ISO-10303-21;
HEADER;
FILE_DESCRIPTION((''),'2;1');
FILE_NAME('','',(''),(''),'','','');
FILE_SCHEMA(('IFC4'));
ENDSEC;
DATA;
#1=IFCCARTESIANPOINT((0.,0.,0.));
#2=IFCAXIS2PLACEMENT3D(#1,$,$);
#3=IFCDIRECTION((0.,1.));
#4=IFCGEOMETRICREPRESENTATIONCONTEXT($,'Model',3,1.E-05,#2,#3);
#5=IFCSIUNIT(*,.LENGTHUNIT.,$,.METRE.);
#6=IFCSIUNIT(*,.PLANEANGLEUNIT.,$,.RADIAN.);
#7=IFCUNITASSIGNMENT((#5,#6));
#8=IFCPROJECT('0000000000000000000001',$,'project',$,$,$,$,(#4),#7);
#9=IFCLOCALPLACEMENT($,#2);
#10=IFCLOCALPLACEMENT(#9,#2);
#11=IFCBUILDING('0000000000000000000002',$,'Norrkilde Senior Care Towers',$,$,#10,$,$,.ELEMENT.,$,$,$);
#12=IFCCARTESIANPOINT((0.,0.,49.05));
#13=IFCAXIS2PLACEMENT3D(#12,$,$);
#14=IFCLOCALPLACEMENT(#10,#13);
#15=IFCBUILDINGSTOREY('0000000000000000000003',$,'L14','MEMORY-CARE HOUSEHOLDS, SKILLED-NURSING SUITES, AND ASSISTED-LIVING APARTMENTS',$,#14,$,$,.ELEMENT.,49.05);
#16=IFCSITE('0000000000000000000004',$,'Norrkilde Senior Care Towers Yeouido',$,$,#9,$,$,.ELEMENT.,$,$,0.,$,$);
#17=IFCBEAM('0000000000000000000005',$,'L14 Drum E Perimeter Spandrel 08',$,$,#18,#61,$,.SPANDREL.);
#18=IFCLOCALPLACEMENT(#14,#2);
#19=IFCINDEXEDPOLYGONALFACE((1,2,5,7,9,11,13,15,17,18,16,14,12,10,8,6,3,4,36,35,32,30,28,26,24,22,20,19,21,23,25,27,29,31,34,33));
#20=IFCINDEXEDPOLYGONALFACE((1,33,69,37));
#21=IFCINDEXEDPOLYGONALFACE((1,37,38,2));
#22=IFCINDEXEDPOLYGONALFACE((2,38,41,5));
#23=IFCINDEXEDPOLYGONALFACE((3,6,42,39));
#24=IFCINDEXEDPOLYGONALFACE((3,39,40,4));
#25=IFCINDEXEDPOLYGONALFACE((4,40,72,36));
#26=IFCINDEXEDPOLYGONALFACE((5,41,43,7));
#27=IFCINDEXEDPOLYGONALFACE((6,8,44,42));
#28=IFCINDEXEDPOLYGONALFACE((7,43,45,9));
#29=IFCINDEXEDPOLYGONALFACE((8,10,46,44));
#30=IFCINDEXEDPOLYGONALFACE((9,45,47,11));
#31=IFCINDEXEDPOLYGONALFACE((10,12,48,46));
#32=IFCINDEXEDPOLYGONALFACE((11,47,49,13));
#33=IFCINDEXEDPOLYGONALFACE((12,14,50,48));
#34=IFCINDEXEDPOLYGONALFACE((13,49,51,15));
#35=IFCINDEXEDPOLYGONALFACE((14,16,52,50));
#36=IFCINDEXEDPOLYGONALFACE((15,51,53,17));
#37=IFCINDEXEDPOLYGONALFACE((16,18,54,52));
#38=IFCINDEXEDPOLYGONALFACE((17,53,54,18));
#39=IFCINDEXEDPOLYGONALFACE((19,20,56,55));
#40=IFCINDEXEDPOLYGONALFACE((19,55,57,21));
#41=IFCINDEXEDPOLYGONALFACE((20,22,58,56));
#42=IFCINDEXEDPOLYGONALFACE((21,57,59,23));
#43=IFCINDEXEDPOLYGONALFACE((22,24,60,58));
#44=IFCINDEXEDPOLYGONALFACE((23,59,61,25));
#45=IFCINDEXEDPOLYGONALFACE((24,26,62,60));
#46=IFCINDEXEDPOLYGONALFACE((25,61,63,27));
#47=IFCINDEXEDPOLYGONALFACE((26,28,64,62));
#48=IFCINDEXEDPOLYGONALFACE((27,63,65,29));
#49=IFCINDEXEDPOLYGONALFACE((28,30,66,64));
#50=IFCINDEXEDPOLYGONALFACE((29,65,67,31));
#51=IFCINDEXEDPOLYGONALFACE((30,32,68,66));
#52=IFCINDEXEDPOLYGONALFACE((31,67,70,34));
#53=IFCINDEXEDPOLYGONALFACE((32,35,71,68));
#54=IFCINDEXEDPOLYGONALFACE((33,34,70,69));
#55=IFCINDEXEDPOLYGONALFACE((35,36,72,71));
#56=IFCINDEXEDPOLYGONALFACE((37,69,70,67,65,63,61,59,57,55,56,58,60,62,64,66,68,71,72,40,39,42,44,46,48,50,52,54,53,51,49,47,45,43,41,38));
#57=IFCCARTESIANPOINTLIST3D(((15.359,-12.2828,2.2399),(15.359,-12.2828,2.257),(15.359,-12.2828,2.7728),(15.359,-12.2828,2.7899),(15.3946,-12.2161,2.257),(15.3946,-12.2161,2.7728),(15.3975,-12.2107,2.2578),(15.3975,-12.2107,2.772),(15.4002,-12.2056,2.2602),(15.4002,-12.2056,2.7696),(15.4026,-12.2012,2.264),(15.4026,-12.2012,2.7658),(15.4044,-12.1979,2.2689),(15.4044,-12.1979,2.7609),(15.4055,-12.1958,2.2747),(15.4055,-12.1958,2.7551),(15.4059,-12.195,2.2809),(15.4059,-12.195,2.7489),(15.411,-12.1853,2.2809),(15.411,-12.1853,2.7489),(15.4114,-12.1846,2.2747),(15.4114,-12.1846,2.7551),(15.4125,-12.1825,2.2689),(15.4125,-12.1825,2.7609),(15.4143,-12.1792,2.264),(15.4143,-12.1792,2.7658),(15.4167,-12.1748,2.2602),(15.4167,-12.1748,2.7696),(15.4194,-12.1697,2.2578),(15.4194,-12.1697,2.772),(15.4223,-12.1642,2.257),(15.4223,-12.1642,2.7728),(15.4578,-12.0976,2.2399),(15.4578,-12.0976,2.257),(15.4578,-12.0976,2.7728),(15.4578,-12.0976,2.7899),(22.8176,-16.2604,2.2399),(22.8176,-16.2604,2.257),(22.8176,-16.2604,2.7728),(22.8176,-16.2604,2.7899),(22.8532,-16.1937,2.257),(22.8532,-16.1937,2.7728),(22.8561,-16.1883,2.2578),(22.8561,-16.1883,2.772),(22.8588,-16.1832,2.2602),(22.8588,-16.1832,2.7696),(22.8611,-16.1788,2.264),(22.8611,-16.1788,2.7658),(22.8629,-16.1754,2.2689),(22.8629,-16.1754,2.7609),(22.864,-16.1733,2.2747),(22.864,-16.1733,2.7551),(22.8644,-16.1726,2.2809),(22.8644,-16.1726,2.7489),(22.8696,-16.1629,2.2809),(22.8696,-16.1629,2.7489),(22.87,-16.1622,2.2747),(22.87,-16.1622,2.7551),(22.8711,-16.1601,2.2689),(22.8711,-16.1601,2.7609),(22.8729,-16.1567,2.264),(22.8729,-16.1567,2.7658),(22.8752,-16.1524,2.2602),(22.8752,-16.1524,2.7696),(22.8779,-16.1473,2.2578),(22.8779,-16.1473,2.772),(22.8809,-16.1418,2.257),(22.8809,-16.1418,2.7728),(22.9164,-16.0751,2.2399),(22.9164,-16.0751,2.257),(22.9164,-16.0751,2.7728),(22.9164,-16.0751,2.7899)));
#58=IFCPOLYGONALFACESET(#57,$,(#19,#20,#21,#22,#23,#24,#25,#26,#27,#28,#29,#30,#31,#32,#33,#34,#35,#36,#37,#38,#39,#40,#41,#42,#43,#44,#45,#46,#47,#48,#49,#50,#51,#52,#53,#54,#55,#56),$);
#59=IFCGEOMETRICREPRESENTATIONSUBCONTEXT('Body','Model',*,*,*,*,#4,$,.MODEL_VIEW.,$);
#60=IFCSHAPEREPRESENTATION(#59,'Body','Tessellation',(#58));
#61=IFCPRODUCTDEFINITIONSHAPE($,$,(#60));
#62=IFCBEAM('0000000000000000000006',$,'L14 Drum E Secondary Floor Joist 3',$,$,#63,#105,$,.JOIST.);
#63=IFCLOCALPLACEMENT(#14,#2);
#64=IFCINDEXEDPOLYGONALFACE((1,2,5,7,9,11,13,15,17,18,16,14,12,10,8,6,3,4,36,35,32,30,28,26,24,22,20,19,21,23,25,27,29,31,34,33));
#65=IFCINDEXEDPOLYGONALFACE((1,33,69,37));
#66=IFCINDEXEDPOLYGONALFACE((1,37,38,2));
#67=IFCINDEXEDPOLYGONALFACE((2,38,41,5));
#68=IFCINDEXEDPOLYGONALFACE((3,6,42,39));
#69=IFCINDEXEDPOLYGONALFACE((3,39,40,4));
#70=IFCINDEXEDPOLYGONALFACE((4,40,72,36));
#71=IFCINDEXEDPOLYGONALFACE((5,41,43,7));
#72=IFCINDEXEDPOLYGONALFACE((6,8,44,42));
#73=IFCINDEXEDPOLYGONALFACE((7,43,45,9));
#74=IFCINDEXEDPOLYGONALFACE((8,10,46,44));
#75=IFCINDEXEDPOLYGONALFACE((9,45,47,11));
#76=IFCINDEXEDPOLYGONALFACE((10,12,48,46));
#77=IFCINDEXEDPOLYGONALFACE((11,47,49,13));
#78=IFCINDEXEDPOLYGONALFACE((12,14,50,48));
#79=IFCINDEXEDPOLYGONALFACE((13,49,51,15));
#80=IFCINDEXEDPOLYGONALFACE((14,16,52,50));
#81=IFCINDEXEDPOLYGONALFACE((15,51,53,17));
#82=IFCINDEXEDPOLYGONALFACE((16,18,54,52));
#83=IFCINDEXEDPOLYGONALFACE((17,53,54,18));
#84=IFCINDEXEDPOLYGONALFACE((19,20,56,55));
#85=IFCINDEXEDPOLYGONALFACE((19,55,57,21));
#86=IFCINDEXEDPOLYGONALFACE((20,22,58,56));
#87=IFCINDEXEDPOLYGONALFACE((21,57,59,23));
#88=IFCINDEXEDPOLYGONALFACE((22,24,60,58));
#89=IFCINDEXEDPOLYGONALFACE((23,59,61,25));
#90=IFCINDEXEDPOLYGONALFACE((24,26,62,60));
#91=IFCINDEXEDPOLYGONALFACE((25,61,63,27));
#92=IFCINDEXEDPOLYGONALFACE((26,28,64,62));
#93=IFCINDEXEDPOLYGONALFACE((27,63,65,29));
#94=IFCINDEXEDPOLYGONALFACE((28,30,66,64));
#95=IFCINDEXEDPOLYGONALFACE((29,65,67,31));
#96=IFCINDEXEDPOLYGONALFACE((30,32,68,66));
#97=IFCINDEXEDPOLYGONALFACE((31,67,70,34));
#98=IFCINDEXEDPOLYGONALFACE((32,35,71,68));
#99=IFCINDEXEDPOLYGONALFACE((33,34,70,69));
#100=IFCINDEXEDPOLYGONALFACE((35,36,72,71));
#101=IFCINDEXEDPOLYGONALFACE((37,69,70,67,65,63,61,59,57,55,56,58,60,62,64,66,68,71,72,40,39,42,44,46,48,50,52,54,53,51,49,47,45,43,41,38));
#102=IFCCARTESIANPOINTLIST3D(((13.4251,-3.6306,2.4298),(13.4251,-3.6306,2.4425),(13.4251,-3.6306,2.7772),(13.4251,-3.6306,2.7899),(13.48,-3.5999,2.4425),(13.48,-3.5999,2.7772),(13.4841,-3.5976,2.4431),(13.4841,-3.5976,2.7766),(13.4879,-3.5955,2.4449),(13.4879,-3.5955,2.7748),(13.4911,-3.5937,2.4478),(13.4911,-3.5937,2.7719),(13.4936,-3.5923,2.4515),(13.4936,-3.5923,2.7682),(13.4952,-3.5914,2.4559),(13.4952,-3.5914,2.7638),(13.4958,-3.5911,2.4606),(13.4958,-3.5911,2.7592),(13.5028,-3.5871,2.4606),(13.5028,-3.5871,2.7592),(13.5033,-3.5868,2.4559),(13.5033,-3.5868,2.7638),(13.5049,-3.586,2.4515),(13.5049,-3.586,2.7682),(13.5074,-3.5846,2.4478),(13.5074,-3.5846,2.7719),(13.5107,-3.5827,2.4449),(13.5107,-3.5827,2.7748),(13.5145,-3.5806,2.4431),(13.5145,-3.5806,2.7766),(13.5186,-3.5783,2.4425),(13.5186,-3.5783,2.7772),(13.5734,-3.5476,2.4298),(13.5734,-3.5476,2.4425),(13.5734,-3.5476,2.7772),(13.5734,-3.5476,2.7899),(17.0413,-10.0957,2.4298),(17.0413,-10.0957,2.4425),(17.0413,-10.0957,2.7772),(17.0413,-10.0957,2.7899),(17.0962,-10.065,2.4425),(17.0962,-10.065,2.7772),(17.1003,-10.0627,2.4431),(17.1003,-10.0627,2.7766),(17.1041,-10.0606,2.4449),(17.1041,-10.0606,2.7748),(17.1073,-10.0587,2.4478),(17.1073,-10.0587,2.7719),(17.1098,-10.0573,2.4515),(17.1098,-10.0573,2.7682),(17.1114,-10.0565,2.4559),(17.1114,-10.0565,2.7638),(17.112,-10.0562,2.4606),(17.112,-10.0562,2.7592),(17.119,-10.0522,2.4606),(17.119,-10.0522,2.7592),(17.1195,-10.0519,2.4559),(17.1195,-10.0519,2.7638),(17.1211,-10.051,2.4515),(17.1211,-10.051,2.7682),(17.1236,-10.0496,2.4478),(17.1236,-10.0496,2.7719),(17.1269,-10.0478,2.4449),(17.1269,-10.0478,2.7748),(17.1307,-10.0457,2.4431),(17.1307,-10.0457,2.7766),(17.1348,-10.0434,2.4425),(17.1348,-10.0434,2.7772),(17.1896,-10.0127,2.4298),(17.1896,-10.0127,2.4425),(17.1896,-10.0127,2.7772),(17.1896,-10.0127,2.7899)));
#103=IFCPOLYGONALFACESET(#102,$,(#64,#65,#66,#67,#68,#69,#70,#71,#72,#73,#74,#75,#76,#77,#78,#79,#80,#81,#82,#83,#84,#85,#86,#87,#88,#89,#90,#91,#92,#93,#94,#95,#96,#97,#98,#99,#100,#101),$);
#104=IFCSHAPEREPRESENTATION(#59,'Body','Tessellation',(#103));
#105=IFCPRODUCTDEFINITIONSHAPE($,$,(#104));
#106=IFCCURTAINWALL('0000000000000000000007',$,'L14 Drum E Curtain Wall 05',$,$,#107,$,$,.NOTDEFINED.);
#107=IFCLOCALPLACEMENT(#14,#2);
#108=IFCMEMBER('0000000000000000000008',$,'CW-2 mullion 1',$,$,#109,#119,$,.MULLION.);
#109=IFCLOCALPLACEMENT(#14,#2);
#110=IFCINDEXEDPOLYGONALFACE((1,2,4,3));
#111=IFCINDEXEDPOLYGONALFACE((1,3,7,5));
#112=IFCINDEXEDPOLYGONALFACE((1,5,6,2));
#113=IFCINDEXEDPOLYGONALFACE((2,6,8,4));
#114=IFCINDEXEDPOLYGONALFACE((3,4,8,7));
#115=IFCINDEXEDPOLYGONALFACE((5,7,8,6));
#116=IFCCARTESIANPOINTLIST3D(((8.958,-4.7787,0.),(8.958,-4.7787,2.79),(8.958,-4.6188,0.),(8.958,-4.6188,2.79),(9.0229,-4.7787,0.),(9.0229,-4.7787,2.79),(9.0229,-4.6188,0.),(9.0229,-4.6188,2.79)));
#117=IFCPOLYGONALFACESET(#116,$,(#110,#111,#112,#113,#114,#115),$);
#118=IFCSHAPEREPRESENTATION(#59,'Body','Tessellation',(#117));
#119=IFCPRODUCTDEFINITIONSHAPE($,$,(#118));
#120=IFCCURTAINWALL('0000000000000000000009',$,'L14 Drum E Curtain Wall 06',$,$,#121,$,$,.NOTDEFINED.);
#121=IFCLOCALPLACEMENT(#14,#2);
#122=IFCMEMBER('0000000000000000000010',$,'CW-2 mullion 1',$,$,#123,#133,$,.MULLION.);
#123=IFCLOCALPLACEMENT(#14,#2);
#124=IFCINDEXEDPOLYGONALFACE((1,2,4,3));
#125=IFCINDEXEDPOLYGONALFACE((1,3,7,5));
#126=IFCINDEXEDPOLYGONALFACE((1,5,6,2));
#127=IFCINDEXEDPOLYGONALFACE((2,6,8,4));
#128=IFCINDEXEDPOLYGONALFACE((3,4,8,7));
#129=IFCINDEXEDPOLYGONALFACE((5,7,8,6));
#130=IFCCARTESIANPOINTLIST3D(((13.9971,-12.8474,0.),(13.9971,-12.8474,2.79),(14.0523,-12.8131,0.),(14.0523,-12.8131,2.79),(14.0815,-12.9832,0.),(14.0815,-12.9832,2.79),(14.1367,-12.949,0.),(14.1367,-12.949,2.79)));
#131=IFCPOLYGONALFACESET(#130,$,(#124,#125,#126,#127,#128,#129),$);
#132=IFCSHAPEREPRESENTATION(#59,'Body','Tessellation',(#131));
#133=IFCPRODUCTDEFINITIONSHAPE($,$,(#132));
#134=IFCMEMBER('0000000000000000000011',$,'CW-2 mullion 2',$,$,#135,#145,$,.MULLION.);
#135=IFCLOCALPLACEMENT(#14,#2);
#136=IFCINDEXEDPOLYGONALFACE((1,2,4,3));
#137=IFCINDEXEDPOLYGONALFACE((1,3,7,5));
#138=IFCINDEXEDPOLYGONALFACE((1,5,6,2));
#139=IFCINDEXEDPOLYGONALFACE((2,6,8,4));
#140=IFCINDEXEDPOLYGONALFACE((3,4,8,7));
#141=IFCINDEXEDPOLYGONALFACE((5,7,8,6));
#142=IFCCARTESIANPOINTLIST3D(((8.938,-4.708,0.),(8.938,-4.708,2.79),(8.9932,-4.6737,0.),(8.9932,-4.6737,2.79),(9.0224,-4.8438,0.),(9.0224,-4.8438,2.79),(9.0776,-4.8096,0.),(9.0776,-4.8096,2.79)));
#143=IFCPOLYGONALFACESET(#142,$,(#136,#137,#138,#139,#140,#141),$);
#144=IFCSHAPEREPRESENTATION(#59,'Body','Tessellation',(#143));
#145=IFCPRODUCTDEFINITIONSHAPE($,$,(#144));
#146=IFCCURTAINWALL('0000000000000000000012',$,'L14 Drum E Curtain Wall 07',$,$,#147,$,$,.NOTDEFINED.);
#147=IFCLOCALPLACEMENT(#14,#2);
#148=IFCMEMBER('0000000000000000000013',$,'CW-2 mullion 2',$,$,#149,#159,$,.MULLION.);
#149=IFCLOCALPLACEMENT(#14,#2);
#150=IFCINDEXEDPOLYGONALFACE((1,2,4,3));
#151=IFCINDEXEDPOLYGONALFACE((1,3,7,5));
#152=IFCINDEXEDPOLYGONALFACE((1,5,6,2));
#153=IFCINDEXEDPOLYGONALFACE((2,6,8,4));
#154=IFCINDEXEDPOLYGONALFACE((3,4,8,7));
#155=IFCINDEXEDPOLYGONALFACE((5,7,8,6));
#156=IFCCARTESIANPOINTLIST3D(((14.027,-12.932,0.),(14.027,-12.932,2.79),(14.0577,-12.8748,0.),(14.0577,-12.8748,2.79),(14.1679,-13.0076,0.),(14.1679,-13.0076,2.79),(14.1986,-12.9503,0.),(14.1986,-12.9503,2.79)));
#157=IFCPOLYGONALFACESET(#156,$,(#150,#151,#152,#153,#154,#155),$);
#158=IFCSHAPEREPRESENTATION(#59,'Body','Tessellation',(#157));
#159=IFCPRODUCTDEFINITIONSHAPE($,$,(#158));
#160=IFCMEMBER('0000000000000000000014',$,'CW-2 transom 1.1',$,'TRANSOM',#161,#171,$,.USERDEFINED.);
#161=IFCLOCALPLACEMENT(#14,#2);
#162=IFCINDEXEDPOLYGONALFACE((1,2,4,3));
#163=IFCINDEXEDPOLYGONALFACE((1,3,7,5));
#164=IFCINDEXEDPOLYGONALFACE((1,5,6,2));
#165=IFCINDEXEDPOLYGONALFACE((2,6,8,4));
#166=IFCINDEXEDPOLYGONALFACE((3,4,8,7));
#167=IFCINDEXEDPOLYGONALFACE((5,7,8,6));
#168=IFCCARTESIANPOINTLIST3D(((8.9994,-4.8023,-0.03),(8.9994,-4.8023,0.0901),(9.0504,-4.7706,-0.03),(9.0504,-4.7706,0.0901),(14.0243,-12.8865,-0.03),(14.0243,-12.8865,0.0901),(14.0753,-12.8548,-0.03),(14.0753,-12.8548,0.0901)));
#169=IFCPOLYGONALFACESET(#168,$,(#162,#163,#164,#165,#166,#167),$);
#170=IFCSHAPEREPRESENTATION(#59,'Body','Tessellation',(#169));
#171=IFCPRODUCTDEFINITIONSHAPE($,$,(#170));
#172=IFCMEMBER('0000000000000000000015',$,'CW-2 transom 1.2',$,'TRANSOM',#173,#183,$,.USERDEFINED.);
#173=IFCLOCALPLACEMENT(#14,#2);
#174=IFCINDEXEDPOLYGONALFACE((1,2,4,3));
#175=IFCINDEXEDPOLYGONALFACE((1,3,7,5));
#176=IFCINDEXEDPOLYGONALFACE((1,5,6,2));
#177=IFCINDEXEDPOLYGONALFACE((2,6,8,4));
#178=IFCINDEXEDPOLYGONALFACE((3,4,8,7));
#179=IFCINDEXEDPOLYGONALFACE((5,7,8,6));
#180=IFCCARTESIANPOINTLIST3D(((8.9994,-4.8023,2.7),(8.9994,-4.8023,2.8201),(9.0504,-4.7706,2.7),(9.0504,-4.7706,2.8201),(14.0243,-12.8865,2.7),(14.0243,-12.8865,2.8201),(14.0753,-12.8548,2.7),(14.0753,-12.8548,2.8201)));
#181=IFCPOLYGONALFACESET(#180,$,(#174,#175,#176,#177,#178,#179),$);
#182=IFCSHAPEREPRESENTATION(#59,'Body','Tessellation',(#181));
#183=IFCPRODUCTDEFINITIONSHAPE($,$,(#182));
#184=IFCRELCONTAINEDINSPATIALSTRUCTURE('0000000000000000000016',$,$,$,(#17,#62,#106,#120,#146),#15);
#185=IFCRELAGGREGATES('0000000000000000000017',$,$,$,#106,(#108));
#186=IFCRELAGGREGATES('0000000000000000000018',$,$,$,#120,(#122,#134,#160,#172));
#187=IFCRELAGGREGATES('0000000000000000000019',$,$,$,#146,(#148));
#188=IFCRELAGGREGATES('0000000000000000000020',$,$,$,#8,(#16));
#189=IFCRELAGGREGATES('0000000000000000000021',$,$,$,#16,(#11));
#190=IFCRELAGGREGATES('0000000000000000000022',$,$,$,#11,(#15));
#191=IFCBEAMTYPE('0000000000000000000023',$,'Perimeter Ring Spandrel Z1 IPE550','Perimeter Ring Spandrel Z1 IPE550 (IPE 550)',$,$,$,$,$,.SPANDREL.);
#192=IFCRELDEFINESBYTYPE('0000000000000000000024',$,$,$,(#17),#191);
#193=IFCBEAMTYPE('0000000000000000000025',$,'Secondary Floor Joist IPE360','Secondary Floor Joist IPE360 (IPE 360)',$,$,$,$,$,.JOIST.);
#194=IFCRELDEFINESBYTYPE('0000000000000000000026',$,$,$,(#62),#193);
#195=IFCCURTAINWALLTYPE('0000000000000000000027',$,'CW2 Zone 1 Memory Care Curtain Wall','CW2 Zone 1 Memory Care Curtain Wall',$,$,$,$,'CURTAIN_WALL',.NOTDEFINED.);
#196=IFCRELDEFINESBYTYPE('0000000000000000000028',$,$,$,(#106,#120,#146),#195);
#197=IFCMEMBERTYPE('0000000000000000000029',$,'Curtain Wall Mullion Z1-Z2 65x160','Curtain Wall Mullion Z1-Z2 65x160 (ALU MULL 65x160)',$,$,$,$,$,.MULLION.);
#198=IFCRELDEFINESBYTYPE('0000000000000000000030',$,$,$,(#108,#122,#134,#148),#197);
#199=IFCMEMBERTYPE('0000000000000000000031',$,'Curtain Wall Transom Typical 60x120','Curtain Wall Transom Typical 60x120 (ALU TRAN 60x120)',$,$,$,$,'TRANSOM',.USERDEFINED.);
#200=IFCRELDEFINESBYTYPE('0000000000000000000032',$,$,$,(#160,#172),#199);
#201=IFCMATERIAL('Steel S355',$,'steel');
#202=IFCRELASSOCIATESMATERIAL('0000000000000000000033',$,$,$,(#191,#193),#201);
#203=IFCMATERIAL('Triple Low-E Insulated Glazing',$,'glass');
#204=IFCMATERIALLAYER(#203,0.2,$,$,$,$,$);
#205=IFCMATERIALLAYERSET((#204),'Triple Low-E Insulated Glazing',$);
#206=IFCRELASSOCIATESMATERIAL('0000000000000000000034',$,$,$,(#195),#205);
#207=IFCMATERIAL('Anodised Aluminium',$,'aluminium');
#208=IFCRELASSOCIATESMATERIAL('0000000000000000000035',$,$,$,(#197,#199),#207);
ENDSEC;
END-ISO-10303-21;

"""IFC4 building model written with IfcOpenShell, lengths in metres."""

from ifc_helpers import new_model, si_unit, direction, frame, origin, origin_2d, place, context, subcontext, project, spatial, rectangle, i_section, extrude, source, transform, mapped, material, layer, layer_set, material_profile, profile_set, type_object, type_shapes, element, aggregate, save


model = new_model("IFC4")

# Units and contexts
model_context = context("Model", 3, precision=1e-05, world=origin(), true_north=direction((0.0, 1.0)))
body_context = subcontext(model_context, "Body", "Model", "MODEL_VIEW")
ifc_project = project(units=[si_unit("LENGTHUNIT", "METRE"), si_unit("PLANEANGLEUNIT", "RADIAN")], contexts=[model_context])

# Site, building, storey
site_placement = place(None, origin())
site = spatial("IfcSite", under=ifc_project, at=site_placement, Name="Norrkilde Senior Care Towers Yeouido", CompositionType="ELEMENT", RefElevation=0.0)
building_placement = place(site_placement, origin())
building = spatial("IfcBuilding", under=site, at=building_placement, Name="Norrkilde Senior Care Towers", CompositionType="ELEMENT")
storey_placement = place(building_placement, frame((0.0, 0.0, 49.05)))
storey = spatial("IfcBuildingStorey", under=building, at=storey_placement, Name="L14", Description="MEMORY-CARE HOUSEHOLDS, SKILLED-NURSING SUITES, AND ASSISTED-LIVING APARTMENTS", CompositionType="ELEMENT", Elevation=49.05)

# Beams
ifc_material_1 = material(Name="Steel S355", Category="steel")
ifc_material_profile_1 = material_profile(ifc_material_1, i_section(OverallWidth=0.21, OverallDepth=0.55, WebThickness=0.011, FlangeThickness=0.0171, FilletRadius=0.0239, at=origin_2d()), Name="IPE 550")
ifc_profile_set_1 = profile_set([ifc_material_profile_1], Name="Steel S355")
beam_type_1 = type_object("IfcBeamType", Name="Perimeter Ring Spandrel Z1 IPE550", Description="Perimeter Ring Spandrel Z1 IPE550 (IPE 550)", PredefinedType="SPANDREL", material=ifc_profile_set_1)
shared_shape_1 = source(origin(), body_context, "Body", "SweptSolid", [
    extrude(i_section(OverallWidth=0.21, OverallDepth=0.55, WebThickness=0.011, FlangeThickness=0.0171, FilletRadius=0.0239, at=origin_2d()), origin(), (0.0, 0.0, 1.0), 8.4529),
])
beam_1_placement = place(storey_placement, frame((15.4084, -12.1902, 2.5149), z_axis=(0.882369, -0.470558, 0.0), x_axis=(0.470558, 0.882369, 0.0)))
element("IfcBeam", 1, at=beam_1_placement, inside=storey, type_object=beam_type_1, Name="L14 Drum E Perimeter Spandrel 08", PredefinedType="SPANDREL", context=body_context, shape_type="MappedRepresentation", body=[
    mapped(shared_shape_1, transform((0.0, 0.0, 0.0), x_axis=(1.0, 0.0, 0.0), y_axis=(0.0, 1.0, 0.0), z_axis=(0.0, 0.0, 1.0), scale=1.0)),
])
ifc_material_profile_2 = material_profile(ifc_material_1, i_section(OverallWidth=0.1699, OverallDepth=0.3601, WebThickness=0.0081, FlangeThickness=0.0127, FilletRadius=0.0181, at=origin_2d()), Name="IPE 360")
ifc_profile_set_2 = profile_set([ifc_material_profile_2], Name="Steel S355")
beam_type_2 = type_object("IfcBeamType", Name="Secondary Floor Joist IPE360", Description="Secondary Floor Joist IPE360 (IPE 360)", PredefinedType="JOIST", material=ifc_profile_set_2)
shared_shape_2 = source(origin(), body_context, "Body", "SweptSolid", [
    extrude(i_section(OverallWidth=0.1699, OverallDepth=0.3601, WebThickness=0.0081, FlangeThickness=0.0127, FilletRadius=0.0181, at=origin_2d()), origin(), (0.0, 0.0, 1.0), 7.4077),
])
type_shapes(beam_type_2, [shared_shape_2])
beam_2_placement = place(storey_placement, frame((13.4993, -3.5891, 2.6099), z_axis=(0.488168, -0.87275, 0.0), x_axis=(0.87275, 0.488168, 0.0)))
element("IfcBeam", 2, at=beam_2_placement, inside=storey, type_object=beam_type_2, Name="L14 Drum E Secondary Floor Joist 3", PredefinedType="JOIST", context=body_context, shape_type="MappedRepresentation", body=[
    mapped(shared_shape_2, transform((0.0, 0.0, 0.0), x_axis=(1.0, 0.0, 0.0), y_axis=(0.0, 1.0, 0.0), z_axis=(0.0, 0.0, 1.0), scale=1.0)),
])

# Curtain wall, member
ifc_material_2 = material(Name="Triple Low-E Insulated Glazing", Category="glass")
ifc_layer_1 = layer(ifc_material_2, 0.2)
ifc_layer_set_1 = layer_set([ifc_layer_1], Name="Triple Low-E Insulated Glazing")
curtain_wall_type = type_object("IfcCurtainWallType", Name="CW2 Zone 1 Memory Care Curtain Wall", Description="CW2 Zone 1 Memory Care Curtain Wall", ElementType="CURTAIN_WALL", PredefinedType="NOTDEFINED", material=ifc_layer_set_1)
curtain_wall_1_placement = place(storey_placement, origin())
curtain_wall_1 = element("IfcCurtainWall", 3, at=curtain_wall_1_placement, inside=storey, type_object=curtain_wall_type, Name="L14 Drum E Curtain Wall 05", PredefinedType="NOTDEFINED")
ifc_material_3 = material(Name="Anodised Aluminium", Category="aluminium")
ifc_material_profile_3 = material_profile(ifc_material_3, rectangle(XDim=0.0649, YDim=0.1599, at=origin_2d()), Name="ALU MULL 65x160")
ifc_profile_set_3 = profile_set([ifc_material_profile_3], Name="Anodised Aluminium")
member_type_1 = type_object("IfcMemberType", Name="Curtain Wall Mullion Z1-Z2 65x160", Description="Curtain Wall Mullion Z1-Z2 65x160 (ALU MULL 65x160)", PredefinedType="MULLION", material=ifc_profile_set_3)
shared_shape_3 = source(origin(), body_context, "Body", "SweptSolid", [
    extrude(rectangle(XDim=0.0649, YDim=0.1599, at=origin_2d()), origin(), (0.0, 0.0, 1.0), 2.79),
])
type_shapes(member_type_1, [shared_shape_3])
member_1_placement = place(storey_placement, frame((8.9905, -4.6987, 0.0), z_axis=(0.0, 0.0, 1.0), x_axis=(-1.0, 0.0, 0.0)))
member_1 = element("IfcMember", 4, at=member_1_placement, type_object=member_type_1, Name="CW-2 mullion 1", PredefinedType="MULLION", context=body_context, shape_type="MappedRepresentation", body=[
    mapped(shared_shape_3, transform((0.0, 0.0, 0.0), x_axis=(1.0, 0.0, 0.0), y_axis=(0.0, 1.0, 0.0), z_axis=(0.0, 0.0, 1.0), scale=1.0)),
])

# Curtain wall, members
curtain_wall_2_placement = place(storey_placement, origin())
curtain_wall_2 = element("IfcCurtainWall", 5, at=curtain_wall_2_placement, inside=storey, type_object=curtain_wall_type, Name="L14 Drum E Curtain Wall 06", PredefinedType="NOTDEFINED")
member_2_placement = place(storey_placement, frame((14.0669, -12.8982, 0.0), z_axis=(0.0, 0.0, 1.0), x_axis=(-0.849306, -0.527901, 0.0)))
member_2 = element("IfcMember", 6, at=member_2_placement, type_object=member_type_1, Name="CW-2 mullion 1", PredefinedType="MULLION", context=body_context, shape_type="MappedRepresentation", body=[
    mapped(shared_shape_3, transform((0.0, 0.0, 0.0), x_axis=(1.0, 0.0, 0.0), y_axis=(0.0, 1.0, 0.0), z_axis=(0.0, 0.0, 1.0), scale=1.0)),
])
member_3_placement = place(storey_placement, frame((9.0078, -4.7588, 0.0), z_axis=(0.0, 0.0, 1.0), x_axis=(-0.849306, -0.527901, 0.0)))
member_3 = element("IfcMember", 7, at=member_3_placement, type_object=member_type_1, Name="CW-2 mullion 2", PredefinedType="MULLION", context=body_context, shape_type="MappedRepresentation", body=[
    mapped(shared_shape_3, transform((0.0, 0.0, 0.0), x_axis=(1.0, 0.0, 0.0), y_axis=(0.0, 1.0, 0.0), z_axis=(0.0, 0.0, 1.0), scale=1.0)),
])

# Curtain wall, member
curtain_wall_3_placement = place(storey_placement, origin())
curtain_wall_3 = element("IfcCurtainWall", 8, at=curtain_wall_3_placement, inside=storey, type_object=curtain_wall_type, Name="L14 Drum E Curtain Wall 07", PredefinedType="NOTDEFINED")
member_4_placement = place(storey_placement, frame((14.1128, -12.9412, 0.0), z_axis=(0.0, 0.0, 1.0), x_axis=(-0.472608, -0.881273, 0.0)))
member_4 = element("IfcMember", 9, at=member_4_placement, type_object=member_type_1, Name="CW-2 mullion 2", PredefinedType="MULLION", context=body_context, shape_type="MappedRepresentation", body=[
    mapped(shared_shape_3, transform((0.0, 0.0, 0.0), x_axis=(1.0, 0.0, 0.0), y_axis=(0.0, 1.0, 0.0), z_axis=(0.0, 0.0, 1.0), scale=1.0)),
])

# Members
ifc_material_profile_4 = material_profile(ifc_material_3, rectangle(XDim=0.0601, YDim=0.1201, at=origin_2d()), Name="ALU TRAN 60x120")
ifc_profile_set_4 = profile_set([ifc_material_profile_4], Name="Anodised Aluminium")
member_type_2 = type_object("IfcMemberType", Name="Curtain Wall Transom Typical 60x120", Description="Curtain Wall Transom Typical 60x120 (ALU TRAN 60x120)", ElementType="TRANSOM", PredefinedType="USERDEFINED", material=ifc_profile_set_4)
shared_shape_4 = source(origin(), body_context, "Body", "SweptSolid", [
    extrude(rectangle(XDim=0.0601, YDim=0.1201, at=origin_2d()), origin(), (0.0, 0.0, 1.0), 9.5186),
])
member_5_placement = place(storey_placement, frame((14.0498, -12.8706, 0.03), z_axis=(-0.527902, 0.849306, 0.0), x_axis=(-0.849306, -0.527902, 0.0)))
member_5 = element("IfcMember", 10, at=member_5_placement, type_object=member_type_2, Name="CW-2 transom 1.1", ObjectType="TRANSOM", PredefinedType="USERDEFINED", context=body_context, shape_type="MappedRepresentation", body=[
    mapped(shared_shape_4, transform((0.0, 0.0, 0.0), x_axis=(1.0, 0.0, 0.0), y_axis=(0.0, 1.0, 0.0), z_axis=(0.0, 0.0, 1.0), scale=1.0)),
])
member_6_placement = place(storey_placement, frame((14.0498, -12.8706, 2.76), z_axis=(-0.527902, 0.849306, 0.0), x_axis=(-0.849306, -0.527902, 0.0)))
member_6 = element("IfcMember", 11, at=member_6_placement, type_object=member_type_2, Name="CW-2 transom 1.2", ObjectType="TRANSOM", PredefinedType="USERDEFINED", context=body_context, shape_type="MappedRepresentation", body=[
    mapped(shared_shape_4, transform((0.0, 0.0, 0.0), x_axis=(1.0, 0.0, 0.0), y_axis=(0.0, 1.0, 0.0), z_axis=(0.0, 0.0, 1.0), scale=1.0)),
])
aggregate(curtain_wall_1, [member_1])

aggregate(curtain_wall_2, [member_2, member_3, member_5, member_6])
aggregate(curtain_wall_3, [member_4])

save(model, "model.ifc")
